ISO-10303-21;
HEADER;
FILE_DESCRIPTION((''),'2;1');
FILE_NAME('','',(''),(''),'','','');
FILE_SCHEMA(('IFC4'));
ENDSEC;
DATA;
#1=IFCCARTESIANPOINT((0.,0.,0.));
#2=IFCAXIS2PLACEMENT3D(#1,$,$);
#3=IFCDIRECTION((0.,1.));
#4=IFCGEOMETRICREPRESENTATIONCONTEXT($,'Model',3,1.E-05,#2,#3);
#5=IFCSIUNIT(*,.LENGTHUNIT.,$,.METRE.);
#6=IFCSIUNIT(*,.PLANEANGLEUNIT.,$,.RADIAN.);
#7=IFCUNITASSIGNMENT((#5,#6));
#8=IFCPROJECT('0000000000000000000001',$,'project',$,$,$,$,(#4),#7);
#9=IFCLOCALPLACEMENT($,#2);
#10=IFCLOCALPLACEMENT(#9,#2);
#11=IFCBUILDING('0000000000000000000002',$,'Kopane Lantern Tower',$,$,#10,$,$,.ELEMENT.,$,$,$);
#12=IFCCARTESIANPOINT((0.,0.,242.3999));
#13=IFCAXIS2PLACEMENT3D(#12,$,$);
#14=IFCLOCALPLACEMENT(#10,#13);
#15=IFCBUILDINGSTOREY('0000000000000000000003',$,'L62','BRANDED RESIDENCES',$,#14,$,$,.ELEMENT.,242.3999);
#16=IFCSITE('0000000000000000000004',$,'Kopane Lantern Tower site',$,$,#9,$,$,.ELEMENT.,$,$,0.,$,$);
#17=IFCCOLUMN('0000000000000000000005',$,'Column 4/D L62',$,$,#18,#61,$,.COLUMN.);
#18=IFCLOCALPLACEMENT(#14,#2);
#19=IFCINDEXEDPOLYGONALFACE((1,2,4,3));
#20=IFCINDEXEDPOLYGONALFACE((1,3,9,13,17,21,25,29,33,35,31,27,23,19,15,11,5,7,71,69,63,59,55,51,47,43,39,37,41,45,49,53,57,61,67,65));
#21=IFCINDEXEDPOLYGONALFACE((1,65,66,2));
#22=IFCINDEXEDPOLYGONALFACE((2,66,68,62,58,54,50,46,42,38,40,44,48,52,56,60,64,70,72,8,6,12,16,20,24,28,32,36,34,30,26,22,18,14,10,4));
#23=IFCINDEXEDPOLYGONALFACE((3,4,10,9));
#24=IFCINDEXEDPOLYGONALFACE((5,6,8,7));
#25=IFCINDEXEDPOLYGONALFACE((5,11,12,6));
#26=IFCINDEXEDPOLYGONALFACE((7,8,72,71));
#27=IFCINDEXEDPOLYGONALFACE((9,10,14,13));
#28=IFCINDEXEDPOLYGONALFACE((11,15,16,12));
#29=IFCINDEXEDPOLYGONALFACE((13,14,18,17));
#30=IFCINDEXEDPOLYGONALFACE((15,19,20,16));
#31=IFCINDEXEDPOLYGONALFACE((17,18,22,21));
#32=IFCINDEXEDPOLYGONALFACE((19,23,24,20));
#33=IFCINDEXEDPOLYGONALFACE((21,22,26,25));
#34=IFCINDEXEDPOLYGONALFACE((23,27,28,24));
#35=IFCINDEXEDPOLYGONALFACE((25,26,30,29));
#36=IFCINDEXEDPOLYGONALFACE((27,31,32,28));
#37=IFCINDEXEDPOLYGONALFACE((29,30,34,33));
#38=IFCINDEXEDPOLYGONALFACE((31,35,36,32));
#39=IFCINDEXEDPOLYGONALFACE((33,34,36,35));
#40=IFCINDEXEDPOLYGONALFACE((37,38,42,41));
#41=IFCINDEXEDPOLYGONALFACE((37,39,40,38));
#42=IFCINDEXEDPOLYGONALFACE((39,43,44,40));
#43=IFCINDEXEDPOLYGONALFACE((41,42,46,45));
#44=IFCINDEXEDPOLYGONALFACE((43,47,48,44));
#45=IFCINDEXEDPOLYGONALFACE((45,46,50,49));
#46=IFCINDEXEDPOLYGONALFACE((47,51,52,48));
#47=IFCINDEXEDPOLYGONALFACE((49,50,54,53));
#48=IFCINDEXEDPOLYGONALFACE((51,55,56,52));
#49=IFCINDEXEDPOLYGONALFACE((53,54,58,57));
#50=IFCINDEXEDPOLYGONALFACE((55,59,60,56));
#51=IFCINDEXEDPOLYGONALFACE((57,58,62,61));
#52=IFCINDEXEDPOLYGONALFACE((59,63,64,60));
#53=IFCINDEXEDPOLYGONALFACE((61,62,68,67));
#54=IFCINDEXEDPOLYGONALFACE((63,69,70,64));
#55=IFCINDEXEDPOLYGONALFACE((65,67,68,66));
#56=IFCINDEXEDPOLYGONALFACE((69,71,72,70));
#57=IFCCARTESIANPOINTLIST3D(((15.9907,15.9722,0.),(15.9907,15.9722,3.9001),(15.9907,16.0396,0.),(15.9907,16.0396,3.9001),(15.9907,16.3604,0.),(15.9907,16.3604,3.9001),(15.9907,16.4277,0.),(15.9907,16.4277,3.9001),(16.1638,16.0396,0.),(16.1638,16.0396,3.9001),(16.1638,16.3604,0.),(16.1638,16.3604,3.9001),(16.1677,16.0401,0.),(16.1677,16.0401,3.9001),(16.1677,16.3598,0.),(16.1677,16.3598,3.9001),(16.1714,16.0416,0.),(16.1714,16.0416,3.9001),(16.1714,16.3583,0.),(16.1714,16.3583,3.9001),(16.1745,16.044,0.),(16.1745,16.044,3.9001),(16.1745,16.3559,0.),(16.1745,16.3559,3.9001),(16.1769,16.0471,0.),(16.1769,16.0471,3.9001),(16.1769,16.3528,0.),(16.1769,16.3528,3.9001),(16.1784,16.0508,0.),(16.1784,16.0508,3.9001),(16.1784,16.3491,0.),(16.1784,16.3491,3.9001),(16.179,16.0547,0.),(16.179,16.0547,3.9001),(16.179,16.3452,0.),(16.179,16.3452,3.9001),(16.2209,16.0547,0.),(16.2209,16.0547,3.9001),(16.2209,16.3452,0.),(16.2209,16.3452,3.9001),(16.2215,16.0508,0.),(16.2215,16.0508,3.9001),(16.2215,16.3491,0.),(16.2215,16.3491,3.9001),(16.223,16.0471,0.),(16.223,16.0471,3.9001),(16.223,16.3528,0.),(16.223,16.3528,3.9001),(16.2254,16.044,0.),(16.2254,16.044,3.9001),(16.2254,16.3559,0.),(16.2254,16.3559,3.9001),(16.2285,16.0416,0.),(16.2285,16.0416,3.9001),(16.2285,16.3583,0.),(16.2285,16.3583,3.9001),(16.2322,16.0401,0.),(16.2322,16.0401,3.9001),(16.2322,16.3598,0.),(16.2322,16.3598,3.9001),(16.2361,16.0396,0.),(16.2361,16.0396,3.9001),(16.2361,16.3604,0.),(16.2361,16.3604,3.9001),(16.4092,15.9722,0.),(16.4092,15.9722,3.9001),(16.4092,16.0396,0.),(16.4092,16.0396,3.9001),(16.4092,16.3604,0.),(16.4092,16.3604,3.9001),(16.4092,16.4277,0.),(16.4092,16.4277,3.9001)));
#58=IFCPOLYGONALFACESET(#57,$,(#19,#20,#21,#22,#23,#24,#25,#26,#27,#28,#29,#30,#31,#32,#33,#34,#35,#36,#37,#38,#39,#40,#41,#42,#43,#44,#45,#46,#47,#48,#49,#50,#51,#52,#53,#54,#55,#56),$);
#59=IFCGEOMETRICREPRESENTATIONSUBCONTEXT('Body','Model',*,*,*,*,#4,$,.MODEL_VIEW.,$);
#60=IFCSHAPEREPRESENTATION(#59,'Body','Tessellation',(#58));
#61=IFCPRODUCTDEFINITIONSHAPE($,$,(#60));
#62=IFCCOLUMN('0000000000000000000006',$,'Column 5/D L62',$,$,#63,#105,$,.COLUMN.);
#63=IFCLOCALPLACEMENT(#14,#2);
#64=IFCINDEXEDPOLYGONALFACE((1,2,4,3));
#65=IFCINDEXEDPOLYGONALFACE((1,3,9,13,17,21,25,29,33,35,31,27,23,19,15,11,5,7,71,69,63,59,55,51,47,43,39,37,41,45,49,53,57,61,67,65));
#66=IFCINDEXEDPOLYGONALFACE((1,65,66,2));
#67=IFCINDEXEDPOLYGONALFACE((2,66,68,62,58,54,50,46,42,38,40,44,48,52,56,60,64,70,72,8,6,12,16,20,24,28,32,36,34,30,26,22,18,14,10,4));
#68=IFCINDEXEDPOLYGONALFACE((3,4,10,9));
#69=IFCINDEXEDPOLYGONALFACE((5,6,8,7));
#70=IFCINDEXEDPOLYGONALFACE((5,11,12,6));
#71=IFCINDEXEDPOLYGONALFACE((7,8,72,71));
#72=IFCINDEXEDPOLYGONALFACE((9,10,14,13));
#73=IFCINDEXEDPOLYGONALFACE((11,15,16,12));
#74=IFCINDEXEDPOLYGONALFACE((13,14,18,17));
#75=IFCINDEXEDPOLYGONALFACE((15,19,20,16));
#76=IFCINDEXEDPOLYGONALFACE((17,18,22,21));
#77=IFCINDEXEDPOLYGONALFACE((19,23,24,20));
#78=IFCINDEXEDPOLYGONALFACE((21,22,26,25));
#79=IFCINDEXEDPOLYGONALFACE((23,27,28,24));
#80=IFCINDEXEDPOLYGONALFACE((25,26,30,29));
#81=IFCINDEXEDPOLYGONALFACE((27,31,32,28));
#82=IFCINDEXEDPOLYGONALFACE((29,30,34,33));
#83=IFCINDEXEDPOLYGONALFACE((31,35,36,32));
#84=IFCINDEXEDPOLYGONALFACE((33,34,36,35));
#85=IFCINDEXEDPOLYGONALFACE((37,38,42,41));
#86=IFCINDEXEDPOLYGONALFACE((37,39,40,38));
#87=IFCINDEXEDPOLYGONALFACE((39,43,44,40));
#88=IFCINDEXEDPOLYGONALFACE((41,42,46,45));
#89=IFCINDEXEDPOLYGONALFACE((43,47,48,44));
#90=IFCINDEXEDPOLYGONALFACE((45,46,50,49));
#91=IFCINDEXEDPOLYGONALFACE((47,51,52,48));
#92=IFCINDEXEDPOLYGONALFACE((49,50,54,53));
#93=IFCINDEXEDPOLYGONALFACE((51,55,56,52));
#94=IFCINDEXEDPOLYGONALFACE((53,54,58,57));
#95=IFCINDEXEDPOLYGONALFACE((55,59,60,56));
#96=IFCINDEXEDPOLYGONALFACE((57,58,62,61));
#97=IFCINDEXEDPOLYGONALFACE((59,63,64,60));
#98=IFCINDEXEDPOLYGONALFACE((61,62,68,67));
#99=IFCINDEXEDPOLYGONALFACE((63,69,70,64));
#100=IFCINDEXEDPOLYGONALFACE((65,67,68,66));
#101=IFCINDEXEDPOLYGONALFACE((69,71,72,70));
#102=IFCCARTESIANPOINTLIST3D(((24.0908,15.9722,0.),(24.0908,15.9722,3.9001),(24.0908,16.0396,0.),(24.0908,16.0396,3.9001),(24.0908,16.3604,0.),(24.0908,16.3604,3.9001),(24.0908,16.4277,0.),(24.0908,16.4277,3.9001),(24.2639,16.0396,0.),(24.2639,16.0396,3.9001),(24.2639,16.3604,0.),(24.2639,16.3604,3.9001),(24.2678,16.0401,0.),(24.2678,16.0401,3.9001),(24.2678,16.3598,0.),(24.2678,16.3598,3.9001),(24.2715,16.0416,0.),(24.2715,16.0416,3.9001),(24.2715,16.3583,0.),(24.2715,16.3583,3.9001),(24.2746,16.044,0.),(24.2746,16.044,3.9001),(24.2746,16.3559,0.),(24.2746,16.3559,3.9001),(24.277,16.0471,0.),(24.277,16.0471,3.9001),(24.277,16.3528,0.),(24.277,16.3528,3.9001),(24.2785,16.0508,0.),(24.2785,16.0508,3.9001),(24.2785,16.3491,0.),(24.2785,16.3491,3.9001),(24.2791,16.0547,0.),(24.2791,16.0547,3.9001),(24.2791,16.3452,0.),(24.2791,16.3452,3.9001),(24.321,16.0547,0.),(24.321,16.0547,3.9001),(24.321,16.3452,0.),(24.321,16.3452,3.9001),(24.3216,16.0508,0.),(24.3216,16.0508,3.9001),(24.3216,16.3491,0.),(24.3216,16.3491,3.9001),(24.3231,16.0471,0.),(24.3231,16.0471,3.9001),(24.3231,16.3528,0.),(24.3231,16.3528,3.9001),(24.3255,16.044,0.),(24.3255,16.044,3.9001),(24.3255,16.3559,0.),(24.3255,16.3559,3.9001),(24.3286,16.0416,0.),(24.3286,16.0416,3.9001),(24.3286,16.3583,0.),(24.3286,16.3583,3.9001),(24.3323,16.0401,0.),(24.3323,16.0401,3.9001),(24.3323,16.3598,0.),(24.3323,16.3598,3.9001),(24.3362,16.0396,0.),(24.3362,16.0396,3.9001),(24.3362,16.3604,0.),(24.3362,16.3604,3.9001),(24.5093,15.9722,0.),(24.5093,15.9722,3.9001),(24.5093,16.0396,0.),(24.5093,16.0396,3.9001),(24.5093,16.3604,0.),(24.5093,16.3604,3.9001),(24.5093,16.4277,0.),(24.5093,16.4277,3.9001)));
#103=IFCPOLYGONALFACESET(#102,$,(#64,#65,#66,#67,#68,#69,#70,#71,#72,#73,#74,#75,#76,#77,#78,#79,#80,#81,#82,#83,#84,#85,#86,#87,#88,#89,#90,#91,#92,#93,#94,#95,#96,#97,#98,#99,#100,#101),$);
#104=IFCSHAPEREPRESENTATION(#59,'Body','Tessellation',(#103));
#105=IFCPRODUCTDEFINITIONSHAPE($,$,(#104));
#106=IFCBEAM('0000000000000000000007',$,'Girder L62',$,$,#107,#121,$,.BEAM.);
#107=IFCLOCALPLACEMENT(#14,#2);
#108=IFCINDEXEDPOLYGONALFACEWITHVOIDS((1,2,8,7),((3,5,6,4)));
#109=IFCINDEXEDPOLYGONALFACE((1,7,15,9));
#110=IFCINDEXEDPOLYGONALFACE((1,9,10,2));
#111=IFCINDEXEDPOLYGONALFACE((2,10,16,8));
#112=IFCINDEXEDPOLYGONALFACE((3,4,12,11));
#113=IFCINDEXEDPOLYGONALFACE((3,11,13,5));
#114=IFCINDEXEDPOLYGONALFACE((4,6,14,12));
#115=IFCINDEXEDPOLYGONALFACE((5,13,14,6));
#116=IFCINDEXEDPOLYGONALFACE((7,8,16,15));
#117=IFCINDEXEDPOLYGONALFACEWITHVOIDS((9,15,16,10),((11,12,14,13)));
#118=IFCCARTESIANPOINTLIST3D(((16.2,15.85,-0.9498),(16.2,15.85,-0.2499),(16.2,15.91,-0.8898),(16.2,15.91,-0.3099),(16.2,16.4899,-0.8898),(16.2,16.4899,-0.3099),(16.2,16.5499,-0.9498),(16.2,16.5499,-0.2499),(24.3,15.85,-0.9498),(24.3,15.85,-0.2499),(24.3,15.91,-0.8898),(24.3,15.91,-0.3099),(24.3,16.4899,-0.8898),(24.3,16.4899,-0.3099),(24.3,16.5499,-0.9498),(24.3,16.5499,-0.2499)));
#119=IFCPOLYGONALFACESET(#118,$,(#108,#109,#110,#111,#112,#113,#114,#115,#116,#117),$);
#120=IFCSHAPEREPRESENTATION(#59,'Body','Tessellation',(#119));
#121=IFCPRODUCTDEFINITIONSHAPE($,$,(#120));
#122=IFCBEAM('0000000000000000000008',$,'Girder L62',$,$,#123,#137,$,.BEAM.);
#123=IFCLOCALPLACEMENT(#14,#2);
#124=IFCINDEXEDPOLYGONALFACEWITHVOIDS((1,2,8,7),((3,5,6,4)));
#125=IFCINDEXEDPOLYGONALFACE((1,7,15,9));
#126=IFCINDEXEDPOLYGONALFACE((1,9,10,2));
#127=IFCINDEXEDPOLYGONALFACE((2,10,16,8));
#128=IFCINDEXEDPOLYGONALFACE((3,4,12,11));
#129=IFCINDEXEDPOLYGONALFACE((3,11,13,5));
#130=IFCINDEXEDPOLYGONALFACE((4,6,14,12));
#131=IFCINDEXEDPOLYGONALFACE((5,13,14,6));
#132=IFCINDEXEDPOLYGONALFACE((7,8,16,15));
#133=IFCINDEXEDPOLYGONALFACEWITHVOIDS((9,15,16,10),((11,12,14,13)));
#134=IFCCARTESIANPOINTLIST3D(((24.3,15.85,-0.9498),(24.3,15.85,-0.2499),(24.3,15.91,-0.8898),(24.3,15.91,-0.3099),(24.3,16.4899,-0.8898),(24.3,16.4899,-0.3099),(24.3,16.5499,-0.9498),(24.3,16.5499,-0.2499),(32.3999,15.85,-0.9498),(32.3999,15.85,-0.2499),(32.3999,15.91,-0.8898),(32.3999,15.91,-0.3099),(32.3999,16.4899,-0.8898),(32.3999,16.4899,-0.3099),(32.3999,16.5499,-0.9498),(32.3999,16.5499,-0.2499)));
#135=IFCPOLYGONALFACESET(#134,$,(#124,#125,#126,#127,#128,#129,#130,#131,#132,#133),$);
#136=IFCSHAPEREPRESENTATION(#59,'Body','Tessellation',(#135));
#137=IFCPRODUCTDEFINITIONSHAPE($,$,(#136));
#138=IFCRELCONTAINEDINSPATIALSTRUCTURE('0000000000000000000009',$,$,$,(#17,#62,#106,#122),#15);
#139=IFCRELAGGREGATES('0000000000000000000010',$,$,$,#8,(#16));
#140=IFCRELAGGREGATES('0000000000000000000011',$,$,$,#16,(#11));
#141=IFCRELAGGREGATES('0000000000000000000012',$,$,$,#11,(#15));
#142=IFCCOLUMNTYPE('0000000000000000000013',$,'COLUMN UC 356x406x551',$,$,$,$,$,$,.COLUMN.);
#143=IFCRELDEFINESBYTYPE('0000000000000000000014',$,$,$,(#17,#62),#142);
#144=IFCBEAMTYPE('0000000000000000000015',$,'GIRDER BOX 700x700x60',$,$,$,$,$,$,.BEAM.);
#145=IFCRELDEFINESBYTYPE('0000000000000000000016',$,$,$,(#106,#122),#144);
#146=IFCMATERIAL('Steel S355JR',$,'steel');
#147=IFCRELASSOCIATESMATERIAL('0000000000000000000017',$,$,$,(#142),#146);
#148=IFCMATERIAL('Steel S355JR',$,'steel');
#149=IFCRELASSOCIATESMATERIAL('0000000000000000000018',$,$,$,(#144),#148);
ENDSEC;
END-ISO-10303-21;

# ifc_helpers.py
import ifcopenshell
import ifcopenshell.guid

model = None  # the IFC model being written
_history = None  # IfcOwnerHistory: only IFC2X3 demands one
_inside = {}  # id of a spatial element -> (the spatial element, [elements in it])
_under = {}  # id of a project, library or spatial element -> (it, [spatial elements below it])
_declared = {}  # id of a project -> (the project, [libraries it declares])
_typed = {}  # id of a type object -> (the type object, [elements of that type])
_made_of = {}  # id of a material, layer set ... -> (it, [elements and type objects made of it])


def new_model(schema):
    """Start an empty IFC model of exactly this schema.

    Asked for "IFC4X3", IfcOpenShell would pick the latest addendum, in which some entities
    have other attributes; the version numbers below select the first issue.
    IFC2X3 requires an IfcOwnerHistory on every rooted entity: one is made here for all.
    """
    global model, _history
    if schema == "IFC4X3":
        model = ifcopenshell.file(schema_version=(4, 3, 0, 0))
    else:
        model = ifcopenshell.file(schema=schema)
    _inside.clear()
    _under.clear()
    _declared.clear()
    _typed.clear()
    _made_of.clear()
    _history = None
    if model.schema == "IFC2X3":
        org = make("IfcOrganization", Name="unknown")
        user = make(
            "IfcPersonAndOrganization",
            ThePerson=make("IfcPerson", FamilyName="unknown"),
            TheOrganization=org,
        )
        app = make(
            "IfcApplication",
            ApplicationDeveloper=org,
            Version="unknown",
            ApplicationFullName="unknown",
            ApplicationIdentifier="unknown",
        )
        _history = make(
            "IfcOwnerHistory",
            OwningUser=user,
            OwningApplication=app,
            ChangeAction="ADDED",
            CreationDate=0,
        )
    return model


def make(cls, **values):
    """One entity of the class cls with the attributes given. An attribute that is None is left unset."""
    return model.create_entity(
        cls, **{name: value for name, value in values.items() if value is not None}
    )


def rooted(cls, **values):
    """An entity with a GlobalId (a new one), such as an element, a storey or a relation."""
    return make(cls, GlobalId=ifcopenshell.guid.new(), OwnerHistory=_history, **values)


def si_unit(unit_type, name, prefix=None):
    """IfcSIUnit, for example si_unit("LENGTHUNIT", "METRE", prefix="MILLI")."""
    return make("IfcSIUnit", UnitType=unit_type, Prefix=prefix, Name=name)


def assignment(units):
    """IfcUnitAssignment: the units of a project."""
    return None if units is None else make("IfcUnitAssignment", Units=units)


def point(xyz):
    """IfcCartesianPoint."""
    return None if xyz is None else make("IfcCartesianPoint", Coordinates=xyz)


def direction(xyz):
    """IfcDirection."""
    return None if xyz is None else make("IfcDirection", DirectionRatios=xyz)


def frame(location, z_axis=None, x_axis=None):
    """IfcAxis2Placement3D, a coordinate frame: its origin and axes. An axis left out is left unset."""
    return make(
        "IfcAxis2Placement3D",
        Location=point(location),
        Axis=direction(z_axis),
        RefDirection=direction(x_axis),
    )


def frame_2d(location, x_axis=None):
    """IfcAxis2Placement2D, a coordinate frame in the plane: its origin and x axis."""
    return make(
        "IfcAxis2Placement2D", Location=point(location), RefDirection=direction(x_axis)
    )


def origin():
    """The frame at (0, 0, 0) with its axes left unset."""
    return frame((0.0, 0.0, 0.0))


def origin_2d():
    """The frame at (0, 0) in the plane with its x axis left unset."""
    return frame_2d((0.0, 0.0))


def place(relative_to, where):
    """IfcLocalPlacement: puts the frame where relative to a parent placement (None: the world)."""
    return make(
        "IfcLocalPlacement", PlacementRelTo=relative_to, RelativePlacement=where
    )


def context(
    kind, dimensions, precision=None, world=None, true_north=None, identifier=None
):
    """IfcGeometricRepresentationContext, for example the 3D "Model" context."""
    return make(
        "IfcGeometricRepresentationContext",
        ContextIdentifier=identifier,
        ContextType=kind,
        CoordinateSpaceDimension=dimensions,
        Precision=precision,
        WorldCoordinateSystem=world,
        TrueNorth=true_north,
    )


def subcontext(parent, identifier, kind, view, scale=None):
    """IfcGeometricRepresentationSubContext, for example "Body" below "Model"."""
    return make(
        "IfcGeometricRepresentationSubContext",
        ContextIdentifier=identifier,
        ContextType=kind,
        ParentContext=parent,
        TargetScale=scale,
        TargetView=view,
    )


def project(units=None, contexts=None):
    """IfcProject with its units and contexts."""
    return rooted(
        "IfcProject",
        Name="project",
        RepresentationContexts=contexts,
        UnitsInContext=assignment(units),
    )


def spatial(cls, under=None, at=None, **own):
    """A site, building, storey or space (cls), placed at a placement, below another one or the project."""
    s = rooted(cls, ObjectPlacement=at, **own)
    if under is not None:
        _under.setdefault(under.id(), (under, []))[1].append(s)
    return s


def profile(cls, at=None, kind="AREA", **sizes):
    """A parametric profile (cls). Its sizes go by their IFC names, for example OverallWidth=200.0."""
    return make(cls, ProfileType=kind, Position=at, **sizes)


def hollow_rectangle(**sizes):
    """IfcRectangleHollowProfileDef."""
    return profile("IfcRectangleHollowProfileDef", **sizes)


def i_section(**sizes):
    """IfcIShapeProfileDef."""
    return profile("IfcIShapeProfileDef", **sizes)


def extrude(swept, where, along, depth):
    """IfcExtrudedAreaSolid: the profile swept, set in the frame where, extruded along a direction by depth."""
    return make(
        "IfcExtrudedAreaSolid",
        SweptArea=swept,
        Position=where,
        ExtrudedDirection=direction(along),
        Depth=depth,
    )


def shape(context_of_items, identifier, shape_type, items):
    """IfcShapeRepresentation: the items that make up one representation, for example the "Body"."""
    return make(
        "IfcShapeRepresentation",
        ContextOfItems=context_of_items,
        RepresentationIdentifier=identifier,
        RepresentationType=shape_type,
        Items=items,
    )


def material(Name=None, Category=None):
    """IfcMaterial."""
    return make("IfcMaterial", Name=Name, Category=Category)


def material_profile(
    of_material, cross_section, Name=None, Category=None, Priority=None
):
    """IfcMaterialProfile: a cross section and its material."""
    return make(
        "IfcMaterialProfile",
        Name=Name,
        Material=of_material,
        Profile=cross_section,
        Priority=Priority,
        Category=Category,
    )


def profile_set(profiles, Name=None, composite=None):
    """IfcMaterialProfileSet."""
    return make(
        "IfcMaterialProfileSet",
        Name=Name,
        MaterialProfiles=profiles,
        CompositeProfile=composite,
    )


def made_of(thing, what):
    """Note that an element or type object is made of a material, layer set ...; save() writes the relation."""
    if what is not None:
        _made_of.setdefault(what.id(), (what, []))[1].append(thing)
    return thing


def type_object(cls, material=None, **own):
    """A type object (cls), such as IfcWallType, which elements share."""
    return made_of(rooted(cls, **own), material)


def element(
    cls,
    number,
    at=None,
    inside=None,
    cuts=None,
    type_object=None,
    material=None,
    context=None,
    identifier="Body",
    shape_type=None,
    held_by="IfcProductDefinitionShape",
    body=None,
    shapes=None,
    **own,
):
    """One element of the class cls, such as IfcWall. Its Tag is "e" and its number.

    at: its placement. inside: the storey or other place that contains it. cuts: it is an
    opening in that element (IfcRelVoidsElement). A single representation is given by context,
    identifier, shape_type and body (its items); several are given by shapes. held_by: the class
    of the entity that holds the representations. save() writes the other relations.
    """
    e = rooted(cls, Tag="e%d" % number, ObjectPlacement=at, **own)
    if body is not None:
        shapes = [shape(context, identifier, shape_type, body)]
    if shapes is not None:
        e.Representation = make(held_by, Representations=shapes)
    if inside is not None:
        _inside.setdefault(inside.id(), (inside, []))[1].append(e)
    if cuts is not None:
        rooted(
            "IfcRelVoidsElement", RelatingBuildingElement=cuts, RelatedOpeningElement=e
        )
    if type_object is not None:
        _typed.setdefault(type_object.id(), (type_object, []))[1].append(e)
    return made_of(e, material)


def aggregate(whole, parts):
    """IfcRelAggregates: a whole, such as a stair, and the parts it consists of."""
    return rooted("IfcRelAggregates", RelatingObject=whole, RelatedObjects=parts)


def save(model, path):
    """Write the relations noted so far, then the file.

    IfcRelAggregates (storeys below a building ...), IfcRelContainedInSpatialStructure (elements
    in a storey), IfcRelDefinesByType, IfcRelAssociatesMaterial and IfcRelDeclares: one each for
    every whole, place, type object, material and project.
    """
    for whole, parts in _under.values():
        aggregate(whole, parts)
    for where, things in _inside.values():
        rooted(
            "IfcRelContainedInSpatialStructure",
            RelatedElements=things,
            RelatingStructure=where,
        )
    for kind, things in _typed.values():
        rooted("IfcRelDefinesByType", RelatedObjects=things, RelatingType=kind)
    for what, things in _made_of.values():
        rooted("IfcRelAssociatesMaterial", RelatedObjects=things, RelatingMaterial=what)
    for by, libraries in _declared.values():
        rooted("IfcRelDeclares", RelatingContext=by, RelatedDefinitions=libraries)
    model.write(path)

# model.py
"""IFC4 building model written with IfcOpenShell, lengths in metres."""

from ifc_helpers import new_model, si_unit, direction, frame, origin, origin_2d, place, context, subcontext, project, spatial, hollow_rectangle, i_section, extrude, material, material_profile, profile_set, type_object, element, save


model = new_model("IFC4")

# Units and contexts
model_context = context("Model", 3, precision=1e-05, world=origin(), true_north=direction((0.0, 1.0)))
body_context = subcontext(model_context, "Body", "Model", "MODEL_VIEW")
ifc_project = project(units=[si_unit("LENGTHUNIT", "METRE"), si_unit("PLANEANGLEUNIT", "RADIAN")], contexts=[model_context])

# Site, building, storey
site_placement = place(None, origin())
site = spatial("IfcSite", under=ifc_project, at=site_placement, Name="Kopane Lantern Tower site", CompositionType="ELEMENT", RefElevation=0.0)
building_placement = place(site_placement, origin())
building = spatial("IfcBuilding", under=site, at=building_placement, Name="Kopane Lantern Tower", CompositionType="ELEMENT")
storey_placement = place(building_placement, frame((0.0, 0.0, 242.3999)))
storey = spatial("IfcBuildingStorey", under=building, at=storey_placement, Name="L62", Description="BRANDED RESIDENCES", CompositionType="ELEMENT", Elevation=242.3999)

# Columns
ifc_material_1 = material(Name="Steel S355JR", Category="steel")
ifc_material_profile_1 = material_profile(ifc_material_1, i_section(OverallWidth=0.4185, OverallDepth=0.4556, WebThickness=0.042, FlangeThickness=0.0674, FilletRadius=0.0151, at=origin_2d()), Name="UC 356x406x551")
ifc_profile_set_1 = profile_set([ifc_material_profile_1], Name="Steel S355JR")
column_type = type_object("IfcColumnType", Name="COLUMN UC 356x406x551", PredefinedType="COLUMN", material=ifc_profile_set_1)
for number, where, z_axis, x_axis, name in (
    (1, (16.2, 16.2, 0.0), (0.0, 0.0, 1.0), (1.0, 0.0, 0.0), "Column 4/D L62"),
    (2, (24.3, 16.2, 0.0), (0.0, 0.0, 1.0), (1.0, 0.0, 0.0), "Column 5/D L62"),
):
    element("IfcColumn", number, at=place(storey_placement, frame(where, z_axis=z_axis, x_axis=x_axis)), inside=storey, type_object=column_type, Name=name, PredefinedType="COLUMN", context=body_context, shape_type="SweptSolid", body=[
        extrude(i_section(OverallWidth=0.4185, OverallDepth=0.4556, WebThickness=0.042, FlangeThickness=0.0674, FilletRadius=0.0151, at=origin_2d()), origin(), (0.0, 0.0, 1.0), 3.9001),
    ])

# Beams
ifc_material_2 = material(Name="Steel S355JR", Category="steel")
ifc_material_profile_2 = material_profile(ifc_material_2, hollow_rectangle(XDim=0.7, YDim=0.7, WallThickness=0.0601, at=origin_2d()), Name="BOX 700x700x60")
ifc_profile_set_2 = profile_set([ifc_material_profile_2], Name="Steel S355JR")
beam_type = type_object("IfcBeamType", Name="GIRDER BOX 700x700x60", PredefinedType="BEAM", material=ifc_profile_set_2)
beam_1_placement = place(storey_placement, frame((16.2, 16.2, -0.5999), z_axis=(1.0, 0.0, 0.0), x_axis=(0.0, 1.0, 0.0)))
element("IfcBeam", 3, at=beam_1_placement, inside=storey, type_object=beam_type, Name="Girder L62", PredefinedType="BEAM", context=body_context, shape_type="SweptSolid", body=[
    extrude(hollow_rectangle(XDim=0.7, YDim=0.7, WallThickness=0.0601, at=origin_2d()), origin(), (0.0, 0.0, 1.0), 8.1001),
])
beam_2_placement = place(storey_placement, frame((24.3, 16.2, -0.5999), z_axis=(1.0, 0.0, 0.0), x_axis=(0.0, 1.0, 0.0)))
element("IfcBeam", 4, at=beam_2_placement, inside=storey, type_object=beam_type, Name="Girder L62", PredefinedType="BEAM", context=body_context, shape_type="SweptSolid", body=[
    extrude(hollow_rectangle(XDim=0.7, YDim=0.7, WallThickness=0.0601, at=origin_2d()), origin(), (0.0, 0.0, 1.0), 8.0999),
])

save(model, "model.ifc")
